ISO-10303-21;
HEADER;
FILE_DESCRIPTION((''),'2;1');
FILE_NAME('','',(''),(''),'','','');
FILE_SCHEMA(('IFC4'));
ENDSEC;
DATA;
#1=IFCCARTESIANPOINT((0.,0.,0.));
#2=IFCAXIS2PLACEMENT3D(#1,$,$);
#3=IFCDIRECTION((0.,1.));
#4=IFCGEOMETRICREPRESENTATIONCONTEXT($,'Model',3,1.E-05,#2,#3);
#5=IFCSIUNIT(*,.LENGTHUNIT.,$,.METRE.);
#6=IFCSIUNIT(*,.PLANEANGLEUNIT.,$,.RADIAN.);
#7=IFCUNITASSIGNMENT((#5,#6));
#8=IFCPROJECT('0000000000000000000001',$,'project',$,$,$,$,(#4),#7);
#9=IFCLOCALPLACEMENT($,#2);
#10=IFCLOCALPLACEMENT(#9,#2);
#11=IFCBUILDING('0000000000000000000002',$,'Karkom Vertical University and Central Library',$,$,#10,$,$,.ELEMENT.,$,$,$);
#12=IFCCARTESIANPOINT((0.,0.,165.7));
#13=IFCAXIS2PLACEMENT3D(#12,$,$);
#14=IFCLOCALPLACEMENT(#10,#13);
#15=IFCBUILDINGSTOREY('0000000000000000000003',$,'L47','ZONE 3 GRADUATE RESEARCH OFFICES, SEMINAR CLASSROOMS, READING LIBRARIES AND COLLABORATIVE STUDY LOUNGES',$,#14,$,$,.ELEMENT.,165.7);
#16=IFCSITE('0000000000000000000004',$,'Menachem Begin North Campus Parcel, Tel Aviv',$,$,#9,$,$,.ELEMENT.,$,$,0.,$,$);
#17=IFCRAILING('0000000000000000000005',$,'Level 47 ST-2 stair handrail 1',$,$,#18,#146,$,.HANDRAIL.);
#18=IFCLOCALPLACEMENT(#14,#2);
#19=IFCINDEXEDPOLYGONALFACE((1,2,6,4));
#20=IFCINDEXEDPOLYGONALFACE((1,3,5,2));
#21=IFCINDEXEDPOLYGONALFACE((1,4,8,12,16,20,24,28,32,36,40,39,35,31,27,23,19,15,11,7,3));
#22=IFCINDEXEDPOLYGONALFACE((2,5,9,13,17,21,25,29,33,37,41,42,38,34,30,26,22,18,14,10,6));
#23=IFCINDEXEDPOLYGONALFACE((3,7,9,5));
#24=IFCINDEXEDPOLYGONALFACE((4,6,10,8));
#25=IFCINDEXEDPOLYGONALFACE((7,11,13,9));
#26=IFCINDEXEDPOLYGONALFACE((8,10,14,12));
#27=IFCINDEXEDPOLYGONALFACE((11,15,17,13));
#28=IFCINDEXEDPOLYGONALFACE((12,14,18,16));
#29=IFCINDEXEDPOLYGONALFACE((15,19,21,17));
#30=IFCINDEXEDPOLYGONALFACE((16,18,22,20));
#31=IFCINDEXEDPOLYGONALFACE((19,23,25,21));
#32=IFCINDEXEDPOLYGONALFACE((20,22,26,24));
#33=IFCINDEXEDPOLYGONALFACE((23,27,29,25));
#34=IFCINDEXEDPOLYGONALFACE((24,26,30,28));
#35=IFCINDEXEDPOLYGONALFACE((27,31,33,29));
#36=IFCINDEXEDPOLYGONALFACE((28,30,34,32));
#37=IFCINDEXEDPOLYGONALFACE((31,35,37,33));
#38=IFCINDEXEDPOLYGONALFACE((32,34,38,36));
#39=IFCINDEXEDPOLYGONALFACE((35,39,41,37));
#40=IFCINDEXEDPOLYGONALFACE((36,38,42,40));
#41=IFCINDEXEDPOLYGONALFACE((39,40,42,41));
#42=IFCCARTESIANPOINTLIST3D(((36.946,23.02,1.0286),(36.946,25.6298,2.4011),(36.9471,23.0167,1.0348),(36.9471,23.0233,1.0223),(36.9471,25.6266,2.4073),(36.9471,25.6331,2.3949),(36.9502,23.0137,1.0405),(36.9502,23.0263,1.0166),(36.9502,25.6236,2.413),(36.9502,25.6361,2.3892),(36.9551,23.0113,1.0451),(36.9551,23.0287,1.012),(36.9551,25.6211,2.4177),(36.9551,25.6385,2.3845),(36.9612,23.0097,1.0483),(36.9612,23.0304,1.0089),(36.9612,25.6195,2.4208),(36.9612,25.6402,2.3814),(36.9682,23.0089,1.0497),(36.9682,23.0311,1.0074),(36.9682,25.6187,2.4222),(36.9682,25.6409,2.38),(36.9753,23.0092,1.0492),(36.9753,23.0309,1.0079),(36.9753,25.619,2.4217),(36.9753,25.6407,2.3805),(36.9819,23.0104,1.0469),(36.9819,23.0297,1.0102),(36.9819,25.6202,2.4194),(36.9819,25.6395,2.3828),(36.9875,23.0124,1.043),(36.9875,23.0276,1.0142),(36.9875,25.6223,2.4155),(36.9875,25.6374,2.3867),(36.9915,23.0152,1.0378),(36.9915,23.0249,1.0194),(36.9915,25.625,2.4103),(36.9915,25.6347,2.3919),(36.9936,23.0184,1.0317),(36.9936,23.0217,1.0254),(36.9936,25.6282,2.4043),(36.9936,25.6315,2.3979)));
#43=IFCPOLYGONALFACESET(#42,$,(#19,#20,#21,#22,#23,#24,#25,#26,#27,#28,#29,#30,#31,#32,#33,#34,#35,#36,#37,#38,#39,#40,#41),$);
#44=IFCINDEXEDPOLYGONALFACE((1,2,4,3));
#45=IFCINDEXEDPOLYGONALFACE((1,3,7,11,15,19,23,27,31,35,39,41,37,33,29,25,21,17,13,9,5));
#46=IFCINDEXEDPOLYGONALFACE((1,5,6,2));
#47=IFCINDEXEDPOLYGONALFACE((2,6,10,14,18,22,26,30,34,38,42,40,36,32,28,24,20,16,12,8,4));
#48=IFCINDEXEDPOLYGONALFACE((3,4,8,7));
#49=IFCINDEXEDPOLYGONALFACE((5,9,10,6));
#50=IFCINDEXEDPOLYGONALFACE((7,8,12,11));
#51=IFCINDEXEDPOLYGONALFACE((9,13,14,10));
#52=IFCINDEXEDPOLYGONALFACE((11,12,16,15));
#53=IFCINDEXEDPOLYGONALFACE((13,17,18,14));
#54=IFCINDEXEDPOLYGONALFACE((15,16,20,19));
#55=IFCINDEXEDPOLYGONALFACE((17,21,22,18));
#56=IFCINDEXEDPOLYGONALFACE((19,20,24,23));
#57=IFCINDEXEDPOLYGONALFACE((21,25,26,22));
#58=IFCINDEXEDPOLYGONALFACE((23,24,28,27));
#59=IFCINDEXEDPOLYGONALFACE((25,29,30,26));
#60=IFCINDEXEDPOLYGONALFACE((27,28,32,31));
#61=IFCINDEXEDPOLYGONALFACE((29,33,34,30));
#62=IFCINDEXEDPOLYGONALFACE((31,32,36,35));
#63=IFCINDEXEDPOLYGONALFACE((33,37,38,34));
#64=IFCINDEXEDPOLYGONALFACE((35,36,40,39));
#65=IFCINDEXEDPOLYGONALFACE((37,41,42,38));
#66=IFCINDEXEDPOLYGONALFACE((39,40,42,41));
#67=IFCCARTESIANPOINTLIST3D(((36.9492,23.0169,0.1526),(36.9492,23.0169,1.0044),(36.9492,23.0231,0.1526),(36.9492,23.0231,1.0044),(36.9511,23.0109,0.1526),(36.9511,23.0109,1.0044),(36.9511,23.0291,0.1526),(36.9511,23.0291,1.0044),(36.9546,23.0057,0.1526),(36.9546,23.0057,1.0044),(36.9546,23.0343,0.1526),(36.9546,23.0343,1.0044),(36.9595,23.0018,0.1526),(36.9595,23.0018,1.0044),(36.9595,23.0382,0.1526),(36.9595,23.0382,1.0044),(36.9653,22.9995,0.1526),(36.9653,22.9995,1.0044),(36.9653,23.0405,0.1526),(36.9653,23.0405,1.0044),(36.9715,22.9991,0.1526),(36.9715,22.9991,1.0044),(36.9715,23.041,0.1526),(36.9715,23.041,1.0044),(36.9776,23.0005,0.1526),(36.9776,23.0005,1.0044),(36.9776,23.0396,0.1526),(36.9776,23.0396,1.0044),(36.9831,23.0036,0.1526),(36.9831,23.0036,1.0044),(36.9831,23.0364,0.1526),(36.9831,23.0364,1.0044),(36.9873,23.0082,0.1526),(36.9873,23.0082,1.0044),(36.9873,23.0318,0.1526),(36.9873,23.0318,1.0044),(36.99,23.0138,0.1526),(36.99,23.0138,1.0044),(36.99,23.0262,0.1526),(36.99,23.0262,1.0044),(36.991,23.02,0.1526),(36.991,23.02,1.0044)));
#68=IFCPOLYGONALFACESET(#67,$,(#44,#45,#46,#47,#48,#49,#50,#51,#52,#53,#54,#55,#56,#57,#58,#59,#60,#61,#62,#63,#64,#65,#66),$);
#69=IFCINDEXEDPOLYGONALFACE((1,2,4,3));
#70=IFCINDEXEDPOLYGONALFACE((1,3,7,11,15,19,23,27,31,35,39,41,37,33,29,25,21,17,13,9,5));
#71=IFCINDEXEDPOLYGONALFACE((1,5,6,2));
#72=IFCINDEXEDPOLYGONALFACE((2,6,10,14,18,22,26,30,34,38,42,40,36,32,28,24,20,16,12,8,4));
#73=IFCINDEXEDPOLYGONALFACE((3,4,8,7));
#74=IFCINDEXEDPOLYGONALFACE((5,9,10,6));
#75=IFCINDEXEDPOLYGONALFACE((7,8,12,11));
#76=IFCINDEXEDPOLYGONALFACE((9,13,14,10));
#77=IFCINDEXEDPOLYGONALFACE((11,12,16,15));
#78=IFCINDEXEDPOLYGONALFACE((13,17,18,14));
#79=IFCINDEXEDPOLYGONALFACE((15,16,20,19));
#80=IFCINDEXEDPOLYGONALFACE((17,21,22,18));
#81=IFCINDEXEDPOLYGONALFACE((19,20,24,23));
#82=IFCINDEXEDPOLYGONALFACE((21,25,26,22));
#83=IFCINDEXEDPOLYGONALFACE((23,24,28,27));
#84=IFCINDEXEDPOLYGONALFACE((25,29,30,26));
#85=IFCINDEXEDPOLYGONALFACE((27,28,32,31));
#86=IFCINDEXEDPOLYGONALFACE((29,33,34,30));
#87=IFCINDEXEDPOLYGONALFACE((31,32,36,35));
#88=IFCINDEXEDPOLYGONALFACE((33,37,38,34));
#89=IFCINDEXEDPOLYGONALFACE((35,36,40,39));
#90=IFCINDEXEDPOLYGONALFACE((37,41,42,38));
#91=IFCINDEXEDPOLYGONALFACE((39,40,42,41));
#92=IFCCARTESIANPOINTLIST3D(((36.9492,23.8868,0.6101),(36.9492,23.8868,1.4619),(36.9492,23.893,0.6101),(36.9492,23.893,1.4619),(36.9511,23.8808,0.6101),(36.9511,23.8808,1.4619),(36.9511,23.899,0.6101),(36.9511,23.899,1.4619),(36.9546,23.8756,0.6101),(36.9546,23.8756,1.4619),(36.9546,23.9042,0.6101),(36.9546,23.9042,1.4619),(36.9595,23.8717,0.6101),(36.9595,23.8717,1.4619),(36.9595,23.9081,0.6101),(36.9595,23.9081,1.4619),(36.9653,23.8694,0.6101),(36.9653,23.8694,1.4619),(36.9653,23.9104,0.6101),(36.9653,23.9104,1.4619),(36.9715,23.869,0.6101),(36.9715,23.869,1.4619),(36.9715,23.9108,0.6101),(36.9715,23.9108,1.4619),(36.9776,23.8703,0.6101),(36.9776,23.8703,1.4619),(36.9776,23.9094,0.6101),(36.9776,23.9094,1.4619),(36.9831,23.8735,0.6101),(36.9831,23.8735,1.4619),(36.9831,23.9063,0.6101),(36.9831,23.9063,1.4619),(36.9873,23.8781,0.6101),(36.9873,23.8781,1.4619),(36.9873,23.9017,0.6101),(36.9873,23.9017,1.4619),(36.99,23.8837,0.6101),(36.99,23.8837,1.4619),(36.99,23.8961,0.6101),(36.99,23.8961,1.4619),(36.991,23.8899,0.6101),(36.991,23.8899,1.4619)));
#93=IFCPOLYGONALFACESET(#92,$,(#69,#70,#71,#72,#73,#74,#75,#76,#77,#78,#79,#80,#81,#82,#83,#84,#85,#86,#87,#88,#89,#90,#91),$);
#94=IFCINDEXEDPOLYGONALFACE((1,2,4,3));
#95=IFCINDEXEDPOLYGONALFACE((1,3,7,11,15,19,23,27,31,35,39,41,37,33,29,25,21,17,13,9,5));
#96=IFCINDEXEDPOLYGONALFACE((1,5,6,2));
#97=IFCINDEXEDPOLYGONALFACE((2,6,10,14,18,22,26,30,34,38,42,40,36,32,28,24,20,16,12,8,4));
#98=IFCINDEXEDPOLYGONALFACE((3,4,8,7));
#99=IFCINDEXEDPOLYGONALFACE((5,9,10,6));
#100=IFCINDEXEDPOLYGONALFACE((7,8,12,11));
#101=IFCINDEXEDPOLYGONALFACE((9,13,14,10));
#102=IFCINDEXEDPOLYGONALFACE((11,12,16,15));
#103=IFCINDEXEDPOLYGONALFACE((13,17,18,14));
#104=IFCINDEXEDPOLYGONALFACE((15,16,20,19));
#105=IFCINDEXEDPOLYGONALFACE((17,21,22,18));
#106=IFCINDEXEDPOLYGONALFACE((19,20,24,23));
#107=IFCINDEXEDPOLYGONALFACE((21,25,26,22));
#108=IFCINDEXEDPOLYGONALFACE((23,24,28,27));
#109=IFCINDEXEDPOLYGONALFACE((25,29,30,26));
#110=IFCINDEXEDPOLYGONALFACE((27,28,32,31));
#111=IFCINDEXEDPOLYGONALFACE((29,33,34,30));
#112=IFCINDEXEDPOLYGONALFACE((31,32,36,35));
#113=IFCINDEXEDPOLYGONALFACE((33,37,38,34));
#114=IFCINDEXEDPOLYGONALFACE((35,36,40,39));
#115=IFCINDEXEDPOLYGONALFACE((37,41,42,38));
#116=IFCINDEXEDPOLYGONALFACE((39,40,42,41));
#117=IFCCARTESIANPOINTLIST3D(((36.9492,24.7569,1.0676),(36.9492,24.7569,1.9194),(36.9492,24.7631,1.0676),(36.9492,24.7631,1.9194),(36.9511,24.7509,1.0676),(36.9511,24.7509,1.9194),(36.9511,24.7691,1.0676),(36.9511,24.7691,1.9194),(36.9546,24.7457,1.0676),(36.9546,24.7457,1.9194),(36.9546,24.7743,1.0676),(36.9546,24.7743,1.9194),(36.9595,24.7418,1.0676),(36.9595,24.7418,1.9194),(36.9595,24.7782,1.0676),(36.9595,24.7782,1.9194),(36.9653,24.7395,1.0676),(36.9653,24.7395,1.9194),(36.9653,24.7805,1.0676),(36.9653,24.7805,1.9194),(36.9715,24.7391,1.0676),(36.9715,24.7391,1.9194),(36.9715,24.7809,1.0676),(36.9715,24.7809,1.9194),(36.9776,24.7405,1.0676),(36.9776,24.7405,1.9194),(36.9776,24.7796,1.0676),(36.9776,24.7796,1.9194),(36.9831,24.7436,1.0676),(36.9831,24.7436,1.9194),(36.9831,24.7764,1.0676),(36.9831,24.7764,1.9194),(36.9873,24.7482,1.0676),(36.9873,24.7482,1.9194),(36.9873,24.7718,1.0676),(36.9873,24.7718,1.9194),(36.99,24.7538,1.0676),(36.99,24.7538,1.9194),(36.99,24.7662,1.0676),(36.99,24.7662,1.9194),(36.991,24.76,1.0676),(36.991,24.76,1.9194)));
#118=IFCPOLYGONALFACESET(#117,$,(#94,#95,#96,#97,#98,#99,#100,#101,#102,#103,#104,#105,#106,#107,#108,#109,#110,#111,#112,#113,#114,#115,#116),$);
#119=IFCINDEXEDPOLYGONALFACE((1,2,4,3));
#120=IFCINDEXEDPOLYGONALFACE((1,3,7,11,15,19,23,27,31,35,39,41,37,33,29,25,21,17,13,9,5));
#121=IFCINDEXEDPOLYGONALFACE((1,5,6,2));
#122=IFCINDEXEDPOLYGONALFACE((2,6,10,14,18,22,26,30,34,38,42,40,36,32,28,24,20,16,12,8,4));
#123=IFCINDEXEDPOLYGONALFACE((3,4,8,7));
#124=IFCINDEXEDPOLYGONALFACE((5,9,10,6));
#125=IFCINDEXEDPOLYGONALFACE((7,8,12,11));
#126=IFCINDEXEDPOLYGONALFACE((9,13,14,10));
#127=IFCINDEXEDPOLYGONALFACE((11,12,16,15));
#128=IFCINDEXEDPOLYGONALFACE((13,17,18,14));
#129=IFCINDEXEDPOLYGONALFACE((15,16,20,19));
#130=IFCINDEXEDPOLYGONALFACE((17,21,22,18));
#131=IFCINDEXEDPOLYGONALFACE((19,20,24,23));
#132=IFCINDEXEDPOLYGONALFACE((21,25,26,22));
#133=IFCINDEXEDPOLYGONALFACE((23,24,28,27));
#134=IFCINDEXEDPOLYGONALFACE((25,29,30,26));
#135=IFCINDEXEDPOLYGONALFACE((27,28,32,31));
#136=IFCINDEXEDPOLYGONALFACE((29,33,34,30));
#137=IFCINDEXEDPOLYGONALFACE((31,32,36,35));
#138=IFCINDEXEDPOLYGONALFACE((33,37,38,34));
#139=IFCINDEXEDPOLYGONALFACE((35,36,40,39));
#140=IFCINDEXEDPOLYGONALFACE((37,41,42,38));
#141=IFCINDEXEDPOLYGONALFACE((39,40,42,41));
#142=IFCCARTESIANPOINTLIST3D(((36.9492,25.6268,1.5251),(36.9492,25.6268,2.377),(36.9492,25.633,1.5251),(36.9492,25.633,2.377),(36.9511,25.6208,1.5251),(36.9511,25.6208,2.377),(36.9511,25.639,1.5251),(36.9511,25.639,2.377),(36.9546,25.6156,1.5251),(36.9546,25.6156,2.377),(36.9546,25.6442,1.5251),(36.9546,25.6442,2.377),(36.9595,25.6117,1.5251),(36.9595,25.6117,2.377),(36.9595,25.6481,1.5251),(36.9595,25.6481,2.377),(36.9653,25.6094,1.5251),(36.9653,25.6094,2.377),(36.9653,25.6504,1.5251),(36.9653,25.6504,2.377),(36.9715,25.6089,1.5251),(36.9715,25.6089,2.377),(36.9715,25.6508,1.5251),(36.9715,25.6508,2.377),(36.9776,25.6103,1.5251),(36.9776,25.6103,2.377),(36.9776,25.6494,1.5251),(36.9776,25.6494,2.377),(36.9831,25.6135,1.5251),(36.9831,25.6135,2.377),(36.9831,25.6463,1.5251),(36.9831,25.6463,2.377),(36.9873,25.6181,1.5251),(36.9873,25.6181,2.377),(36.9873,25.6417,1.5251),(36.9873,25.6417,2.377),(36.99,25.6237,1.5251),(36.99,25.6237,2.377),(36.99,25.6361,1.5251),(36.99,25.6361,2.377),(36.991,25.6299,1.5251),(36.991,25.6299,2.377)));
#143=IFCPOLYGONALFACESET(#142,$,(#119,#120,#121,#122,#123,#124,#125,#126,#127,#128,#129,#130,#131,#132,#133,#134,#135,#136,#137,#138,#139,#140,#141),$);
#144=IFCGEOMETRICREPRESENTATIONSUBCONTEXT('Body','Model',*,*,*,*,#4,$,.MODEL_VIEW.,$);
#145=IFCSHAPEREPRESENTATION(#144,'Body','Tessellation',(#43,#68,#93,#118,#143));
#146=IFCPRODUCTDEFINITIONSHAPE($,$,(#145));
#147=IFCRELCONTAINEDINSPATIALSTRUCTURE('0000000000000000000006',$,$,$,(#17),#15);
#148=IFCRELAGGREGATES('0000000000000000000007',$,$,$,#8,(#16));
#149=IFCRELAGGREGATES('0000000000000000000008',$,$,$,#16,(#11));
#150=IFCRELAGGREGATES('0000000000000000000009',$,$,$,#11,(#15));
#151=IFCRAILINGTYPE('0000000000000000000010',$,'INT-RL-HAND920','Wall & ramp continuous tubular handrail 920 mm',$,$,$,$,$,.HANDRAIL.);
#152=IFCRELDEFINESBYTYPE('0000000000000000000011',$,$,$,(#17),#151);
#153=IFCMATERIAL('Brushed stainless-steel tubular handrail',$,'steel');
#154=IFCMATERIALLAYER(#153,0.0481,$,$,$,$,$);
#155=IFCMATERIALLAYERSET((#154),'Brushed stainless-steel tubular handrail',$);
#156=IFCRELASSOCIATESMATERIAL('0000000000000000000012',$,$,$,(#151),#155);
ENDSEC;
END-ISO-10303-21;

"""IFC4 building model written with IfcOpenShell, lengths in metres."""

from ifc_helpers import new_model, si_unit, direction, frame, origin, origin_2d, place, context, subcontext, project, spatial, circle, extrude, material, layer, layer_set, type_object, element, save


model = new_model("IFC4")

# Units and contexts
model_context = context("Model", 3, precision=1e-05, world=origin(), true_north=direction((0.0, 1.0)))
body_context = subcontext(model_context, "Body", "Model", "MODEL_VIEW")
ifc_project = project(units=[si_unit("LENGTHUNIT", "METRE"), si_unit("PLANEANGLEUNIT", "RADIAN")], contexts=[model_context])

# Site, building, storey
site_placement = place(None, origin())
site = spatial("IfcSite", under=ifc_project, at=site_placement, Name="Menachem Begin North Campus Parcel, Tel Aviv", CompositionType="ELEMENT", RefElevation=0.0)
building_placement = place(site_placement, origin())
building = spatial("IfcBuilding", under=site, at=building_placement, Name="Karkom Vertical University and Central Library", CompositionType="ELEMENT")
storey_placement = place(building_placement, frame((0.0, 0.0, 165.7)))
storey = spatial("IfcBuildingStorey", under=building, at=storey_placement, Name="L47", Description="ZONE 3 GRADUATE RESEARCH OFFICES, SEMINAR CLASSROOMS, READING LIBRARIES AND COLLABORATIVE STUDY LOUNGES", CompositionType="ELEMENT", Elevation=165.7)

# Railing
ifc_material_1 = material(Name="Brushed stainless-steel tubular handrail", Category="steel")
ifc_layer_1 = layer(ifc_material_1, 0.0481)
ifc_layer_set_1 = layer_set([ifc_layer_1], Name="Brushed stainless-steel tubular handrail")
railing_type_1 = type_object("IfcRailingType", Name="INT-RL-HAND920", Description="Wall & ramp continuous tubular handrail 920 mm", PredefinedType="HANDRAIL", material=ifc_layer_set_1)
railing_1_placement = place(storey_placement, frame((36.97, 23.02, 0.1526)))
element("IfcRailing", 1, at=railing_1_placement, inside=storey, type_object=railing_type_1, Name="Level 47 ST-2 stair handrail 1", PredefinedType="HANDRAIL", context=body_context, shape_type="SweptSolid", body=[
    extrude(circle(Radius=0.0239, at=origin_2d()), frame((0.0, 0.0, 0.876), z_axis=(0.0, 0.885065, 0.465467), x_axis=(-1.0, 0.0, 0.0)), (0.0, 0.0, 1.0), 2.9487),
    extrude(circle(Radius=0.021, at=origin_2d()), origin(), (0.0, 0.0, 1.0), 0.8518),
    extrude(circle(Radius=0.021, at=origin_2d()), frame((0.0, 0.8699, 0.4575)), (0.0, 0.0, 1.0), 0.8518),
    extrude(circle(Radius=0.021, at=origin_2d()), frame((0.0, 1.74, 0.915)), (0.0, 0.0, 1.0), 0.8518),
    extrude(circle(Radius=0.021, at=origin_2d()), frame((0.0, 2.6099, 1.3726)), (0.0, 0.0, 1.0), 0.8518),
])

save(model, "model.ifc")
